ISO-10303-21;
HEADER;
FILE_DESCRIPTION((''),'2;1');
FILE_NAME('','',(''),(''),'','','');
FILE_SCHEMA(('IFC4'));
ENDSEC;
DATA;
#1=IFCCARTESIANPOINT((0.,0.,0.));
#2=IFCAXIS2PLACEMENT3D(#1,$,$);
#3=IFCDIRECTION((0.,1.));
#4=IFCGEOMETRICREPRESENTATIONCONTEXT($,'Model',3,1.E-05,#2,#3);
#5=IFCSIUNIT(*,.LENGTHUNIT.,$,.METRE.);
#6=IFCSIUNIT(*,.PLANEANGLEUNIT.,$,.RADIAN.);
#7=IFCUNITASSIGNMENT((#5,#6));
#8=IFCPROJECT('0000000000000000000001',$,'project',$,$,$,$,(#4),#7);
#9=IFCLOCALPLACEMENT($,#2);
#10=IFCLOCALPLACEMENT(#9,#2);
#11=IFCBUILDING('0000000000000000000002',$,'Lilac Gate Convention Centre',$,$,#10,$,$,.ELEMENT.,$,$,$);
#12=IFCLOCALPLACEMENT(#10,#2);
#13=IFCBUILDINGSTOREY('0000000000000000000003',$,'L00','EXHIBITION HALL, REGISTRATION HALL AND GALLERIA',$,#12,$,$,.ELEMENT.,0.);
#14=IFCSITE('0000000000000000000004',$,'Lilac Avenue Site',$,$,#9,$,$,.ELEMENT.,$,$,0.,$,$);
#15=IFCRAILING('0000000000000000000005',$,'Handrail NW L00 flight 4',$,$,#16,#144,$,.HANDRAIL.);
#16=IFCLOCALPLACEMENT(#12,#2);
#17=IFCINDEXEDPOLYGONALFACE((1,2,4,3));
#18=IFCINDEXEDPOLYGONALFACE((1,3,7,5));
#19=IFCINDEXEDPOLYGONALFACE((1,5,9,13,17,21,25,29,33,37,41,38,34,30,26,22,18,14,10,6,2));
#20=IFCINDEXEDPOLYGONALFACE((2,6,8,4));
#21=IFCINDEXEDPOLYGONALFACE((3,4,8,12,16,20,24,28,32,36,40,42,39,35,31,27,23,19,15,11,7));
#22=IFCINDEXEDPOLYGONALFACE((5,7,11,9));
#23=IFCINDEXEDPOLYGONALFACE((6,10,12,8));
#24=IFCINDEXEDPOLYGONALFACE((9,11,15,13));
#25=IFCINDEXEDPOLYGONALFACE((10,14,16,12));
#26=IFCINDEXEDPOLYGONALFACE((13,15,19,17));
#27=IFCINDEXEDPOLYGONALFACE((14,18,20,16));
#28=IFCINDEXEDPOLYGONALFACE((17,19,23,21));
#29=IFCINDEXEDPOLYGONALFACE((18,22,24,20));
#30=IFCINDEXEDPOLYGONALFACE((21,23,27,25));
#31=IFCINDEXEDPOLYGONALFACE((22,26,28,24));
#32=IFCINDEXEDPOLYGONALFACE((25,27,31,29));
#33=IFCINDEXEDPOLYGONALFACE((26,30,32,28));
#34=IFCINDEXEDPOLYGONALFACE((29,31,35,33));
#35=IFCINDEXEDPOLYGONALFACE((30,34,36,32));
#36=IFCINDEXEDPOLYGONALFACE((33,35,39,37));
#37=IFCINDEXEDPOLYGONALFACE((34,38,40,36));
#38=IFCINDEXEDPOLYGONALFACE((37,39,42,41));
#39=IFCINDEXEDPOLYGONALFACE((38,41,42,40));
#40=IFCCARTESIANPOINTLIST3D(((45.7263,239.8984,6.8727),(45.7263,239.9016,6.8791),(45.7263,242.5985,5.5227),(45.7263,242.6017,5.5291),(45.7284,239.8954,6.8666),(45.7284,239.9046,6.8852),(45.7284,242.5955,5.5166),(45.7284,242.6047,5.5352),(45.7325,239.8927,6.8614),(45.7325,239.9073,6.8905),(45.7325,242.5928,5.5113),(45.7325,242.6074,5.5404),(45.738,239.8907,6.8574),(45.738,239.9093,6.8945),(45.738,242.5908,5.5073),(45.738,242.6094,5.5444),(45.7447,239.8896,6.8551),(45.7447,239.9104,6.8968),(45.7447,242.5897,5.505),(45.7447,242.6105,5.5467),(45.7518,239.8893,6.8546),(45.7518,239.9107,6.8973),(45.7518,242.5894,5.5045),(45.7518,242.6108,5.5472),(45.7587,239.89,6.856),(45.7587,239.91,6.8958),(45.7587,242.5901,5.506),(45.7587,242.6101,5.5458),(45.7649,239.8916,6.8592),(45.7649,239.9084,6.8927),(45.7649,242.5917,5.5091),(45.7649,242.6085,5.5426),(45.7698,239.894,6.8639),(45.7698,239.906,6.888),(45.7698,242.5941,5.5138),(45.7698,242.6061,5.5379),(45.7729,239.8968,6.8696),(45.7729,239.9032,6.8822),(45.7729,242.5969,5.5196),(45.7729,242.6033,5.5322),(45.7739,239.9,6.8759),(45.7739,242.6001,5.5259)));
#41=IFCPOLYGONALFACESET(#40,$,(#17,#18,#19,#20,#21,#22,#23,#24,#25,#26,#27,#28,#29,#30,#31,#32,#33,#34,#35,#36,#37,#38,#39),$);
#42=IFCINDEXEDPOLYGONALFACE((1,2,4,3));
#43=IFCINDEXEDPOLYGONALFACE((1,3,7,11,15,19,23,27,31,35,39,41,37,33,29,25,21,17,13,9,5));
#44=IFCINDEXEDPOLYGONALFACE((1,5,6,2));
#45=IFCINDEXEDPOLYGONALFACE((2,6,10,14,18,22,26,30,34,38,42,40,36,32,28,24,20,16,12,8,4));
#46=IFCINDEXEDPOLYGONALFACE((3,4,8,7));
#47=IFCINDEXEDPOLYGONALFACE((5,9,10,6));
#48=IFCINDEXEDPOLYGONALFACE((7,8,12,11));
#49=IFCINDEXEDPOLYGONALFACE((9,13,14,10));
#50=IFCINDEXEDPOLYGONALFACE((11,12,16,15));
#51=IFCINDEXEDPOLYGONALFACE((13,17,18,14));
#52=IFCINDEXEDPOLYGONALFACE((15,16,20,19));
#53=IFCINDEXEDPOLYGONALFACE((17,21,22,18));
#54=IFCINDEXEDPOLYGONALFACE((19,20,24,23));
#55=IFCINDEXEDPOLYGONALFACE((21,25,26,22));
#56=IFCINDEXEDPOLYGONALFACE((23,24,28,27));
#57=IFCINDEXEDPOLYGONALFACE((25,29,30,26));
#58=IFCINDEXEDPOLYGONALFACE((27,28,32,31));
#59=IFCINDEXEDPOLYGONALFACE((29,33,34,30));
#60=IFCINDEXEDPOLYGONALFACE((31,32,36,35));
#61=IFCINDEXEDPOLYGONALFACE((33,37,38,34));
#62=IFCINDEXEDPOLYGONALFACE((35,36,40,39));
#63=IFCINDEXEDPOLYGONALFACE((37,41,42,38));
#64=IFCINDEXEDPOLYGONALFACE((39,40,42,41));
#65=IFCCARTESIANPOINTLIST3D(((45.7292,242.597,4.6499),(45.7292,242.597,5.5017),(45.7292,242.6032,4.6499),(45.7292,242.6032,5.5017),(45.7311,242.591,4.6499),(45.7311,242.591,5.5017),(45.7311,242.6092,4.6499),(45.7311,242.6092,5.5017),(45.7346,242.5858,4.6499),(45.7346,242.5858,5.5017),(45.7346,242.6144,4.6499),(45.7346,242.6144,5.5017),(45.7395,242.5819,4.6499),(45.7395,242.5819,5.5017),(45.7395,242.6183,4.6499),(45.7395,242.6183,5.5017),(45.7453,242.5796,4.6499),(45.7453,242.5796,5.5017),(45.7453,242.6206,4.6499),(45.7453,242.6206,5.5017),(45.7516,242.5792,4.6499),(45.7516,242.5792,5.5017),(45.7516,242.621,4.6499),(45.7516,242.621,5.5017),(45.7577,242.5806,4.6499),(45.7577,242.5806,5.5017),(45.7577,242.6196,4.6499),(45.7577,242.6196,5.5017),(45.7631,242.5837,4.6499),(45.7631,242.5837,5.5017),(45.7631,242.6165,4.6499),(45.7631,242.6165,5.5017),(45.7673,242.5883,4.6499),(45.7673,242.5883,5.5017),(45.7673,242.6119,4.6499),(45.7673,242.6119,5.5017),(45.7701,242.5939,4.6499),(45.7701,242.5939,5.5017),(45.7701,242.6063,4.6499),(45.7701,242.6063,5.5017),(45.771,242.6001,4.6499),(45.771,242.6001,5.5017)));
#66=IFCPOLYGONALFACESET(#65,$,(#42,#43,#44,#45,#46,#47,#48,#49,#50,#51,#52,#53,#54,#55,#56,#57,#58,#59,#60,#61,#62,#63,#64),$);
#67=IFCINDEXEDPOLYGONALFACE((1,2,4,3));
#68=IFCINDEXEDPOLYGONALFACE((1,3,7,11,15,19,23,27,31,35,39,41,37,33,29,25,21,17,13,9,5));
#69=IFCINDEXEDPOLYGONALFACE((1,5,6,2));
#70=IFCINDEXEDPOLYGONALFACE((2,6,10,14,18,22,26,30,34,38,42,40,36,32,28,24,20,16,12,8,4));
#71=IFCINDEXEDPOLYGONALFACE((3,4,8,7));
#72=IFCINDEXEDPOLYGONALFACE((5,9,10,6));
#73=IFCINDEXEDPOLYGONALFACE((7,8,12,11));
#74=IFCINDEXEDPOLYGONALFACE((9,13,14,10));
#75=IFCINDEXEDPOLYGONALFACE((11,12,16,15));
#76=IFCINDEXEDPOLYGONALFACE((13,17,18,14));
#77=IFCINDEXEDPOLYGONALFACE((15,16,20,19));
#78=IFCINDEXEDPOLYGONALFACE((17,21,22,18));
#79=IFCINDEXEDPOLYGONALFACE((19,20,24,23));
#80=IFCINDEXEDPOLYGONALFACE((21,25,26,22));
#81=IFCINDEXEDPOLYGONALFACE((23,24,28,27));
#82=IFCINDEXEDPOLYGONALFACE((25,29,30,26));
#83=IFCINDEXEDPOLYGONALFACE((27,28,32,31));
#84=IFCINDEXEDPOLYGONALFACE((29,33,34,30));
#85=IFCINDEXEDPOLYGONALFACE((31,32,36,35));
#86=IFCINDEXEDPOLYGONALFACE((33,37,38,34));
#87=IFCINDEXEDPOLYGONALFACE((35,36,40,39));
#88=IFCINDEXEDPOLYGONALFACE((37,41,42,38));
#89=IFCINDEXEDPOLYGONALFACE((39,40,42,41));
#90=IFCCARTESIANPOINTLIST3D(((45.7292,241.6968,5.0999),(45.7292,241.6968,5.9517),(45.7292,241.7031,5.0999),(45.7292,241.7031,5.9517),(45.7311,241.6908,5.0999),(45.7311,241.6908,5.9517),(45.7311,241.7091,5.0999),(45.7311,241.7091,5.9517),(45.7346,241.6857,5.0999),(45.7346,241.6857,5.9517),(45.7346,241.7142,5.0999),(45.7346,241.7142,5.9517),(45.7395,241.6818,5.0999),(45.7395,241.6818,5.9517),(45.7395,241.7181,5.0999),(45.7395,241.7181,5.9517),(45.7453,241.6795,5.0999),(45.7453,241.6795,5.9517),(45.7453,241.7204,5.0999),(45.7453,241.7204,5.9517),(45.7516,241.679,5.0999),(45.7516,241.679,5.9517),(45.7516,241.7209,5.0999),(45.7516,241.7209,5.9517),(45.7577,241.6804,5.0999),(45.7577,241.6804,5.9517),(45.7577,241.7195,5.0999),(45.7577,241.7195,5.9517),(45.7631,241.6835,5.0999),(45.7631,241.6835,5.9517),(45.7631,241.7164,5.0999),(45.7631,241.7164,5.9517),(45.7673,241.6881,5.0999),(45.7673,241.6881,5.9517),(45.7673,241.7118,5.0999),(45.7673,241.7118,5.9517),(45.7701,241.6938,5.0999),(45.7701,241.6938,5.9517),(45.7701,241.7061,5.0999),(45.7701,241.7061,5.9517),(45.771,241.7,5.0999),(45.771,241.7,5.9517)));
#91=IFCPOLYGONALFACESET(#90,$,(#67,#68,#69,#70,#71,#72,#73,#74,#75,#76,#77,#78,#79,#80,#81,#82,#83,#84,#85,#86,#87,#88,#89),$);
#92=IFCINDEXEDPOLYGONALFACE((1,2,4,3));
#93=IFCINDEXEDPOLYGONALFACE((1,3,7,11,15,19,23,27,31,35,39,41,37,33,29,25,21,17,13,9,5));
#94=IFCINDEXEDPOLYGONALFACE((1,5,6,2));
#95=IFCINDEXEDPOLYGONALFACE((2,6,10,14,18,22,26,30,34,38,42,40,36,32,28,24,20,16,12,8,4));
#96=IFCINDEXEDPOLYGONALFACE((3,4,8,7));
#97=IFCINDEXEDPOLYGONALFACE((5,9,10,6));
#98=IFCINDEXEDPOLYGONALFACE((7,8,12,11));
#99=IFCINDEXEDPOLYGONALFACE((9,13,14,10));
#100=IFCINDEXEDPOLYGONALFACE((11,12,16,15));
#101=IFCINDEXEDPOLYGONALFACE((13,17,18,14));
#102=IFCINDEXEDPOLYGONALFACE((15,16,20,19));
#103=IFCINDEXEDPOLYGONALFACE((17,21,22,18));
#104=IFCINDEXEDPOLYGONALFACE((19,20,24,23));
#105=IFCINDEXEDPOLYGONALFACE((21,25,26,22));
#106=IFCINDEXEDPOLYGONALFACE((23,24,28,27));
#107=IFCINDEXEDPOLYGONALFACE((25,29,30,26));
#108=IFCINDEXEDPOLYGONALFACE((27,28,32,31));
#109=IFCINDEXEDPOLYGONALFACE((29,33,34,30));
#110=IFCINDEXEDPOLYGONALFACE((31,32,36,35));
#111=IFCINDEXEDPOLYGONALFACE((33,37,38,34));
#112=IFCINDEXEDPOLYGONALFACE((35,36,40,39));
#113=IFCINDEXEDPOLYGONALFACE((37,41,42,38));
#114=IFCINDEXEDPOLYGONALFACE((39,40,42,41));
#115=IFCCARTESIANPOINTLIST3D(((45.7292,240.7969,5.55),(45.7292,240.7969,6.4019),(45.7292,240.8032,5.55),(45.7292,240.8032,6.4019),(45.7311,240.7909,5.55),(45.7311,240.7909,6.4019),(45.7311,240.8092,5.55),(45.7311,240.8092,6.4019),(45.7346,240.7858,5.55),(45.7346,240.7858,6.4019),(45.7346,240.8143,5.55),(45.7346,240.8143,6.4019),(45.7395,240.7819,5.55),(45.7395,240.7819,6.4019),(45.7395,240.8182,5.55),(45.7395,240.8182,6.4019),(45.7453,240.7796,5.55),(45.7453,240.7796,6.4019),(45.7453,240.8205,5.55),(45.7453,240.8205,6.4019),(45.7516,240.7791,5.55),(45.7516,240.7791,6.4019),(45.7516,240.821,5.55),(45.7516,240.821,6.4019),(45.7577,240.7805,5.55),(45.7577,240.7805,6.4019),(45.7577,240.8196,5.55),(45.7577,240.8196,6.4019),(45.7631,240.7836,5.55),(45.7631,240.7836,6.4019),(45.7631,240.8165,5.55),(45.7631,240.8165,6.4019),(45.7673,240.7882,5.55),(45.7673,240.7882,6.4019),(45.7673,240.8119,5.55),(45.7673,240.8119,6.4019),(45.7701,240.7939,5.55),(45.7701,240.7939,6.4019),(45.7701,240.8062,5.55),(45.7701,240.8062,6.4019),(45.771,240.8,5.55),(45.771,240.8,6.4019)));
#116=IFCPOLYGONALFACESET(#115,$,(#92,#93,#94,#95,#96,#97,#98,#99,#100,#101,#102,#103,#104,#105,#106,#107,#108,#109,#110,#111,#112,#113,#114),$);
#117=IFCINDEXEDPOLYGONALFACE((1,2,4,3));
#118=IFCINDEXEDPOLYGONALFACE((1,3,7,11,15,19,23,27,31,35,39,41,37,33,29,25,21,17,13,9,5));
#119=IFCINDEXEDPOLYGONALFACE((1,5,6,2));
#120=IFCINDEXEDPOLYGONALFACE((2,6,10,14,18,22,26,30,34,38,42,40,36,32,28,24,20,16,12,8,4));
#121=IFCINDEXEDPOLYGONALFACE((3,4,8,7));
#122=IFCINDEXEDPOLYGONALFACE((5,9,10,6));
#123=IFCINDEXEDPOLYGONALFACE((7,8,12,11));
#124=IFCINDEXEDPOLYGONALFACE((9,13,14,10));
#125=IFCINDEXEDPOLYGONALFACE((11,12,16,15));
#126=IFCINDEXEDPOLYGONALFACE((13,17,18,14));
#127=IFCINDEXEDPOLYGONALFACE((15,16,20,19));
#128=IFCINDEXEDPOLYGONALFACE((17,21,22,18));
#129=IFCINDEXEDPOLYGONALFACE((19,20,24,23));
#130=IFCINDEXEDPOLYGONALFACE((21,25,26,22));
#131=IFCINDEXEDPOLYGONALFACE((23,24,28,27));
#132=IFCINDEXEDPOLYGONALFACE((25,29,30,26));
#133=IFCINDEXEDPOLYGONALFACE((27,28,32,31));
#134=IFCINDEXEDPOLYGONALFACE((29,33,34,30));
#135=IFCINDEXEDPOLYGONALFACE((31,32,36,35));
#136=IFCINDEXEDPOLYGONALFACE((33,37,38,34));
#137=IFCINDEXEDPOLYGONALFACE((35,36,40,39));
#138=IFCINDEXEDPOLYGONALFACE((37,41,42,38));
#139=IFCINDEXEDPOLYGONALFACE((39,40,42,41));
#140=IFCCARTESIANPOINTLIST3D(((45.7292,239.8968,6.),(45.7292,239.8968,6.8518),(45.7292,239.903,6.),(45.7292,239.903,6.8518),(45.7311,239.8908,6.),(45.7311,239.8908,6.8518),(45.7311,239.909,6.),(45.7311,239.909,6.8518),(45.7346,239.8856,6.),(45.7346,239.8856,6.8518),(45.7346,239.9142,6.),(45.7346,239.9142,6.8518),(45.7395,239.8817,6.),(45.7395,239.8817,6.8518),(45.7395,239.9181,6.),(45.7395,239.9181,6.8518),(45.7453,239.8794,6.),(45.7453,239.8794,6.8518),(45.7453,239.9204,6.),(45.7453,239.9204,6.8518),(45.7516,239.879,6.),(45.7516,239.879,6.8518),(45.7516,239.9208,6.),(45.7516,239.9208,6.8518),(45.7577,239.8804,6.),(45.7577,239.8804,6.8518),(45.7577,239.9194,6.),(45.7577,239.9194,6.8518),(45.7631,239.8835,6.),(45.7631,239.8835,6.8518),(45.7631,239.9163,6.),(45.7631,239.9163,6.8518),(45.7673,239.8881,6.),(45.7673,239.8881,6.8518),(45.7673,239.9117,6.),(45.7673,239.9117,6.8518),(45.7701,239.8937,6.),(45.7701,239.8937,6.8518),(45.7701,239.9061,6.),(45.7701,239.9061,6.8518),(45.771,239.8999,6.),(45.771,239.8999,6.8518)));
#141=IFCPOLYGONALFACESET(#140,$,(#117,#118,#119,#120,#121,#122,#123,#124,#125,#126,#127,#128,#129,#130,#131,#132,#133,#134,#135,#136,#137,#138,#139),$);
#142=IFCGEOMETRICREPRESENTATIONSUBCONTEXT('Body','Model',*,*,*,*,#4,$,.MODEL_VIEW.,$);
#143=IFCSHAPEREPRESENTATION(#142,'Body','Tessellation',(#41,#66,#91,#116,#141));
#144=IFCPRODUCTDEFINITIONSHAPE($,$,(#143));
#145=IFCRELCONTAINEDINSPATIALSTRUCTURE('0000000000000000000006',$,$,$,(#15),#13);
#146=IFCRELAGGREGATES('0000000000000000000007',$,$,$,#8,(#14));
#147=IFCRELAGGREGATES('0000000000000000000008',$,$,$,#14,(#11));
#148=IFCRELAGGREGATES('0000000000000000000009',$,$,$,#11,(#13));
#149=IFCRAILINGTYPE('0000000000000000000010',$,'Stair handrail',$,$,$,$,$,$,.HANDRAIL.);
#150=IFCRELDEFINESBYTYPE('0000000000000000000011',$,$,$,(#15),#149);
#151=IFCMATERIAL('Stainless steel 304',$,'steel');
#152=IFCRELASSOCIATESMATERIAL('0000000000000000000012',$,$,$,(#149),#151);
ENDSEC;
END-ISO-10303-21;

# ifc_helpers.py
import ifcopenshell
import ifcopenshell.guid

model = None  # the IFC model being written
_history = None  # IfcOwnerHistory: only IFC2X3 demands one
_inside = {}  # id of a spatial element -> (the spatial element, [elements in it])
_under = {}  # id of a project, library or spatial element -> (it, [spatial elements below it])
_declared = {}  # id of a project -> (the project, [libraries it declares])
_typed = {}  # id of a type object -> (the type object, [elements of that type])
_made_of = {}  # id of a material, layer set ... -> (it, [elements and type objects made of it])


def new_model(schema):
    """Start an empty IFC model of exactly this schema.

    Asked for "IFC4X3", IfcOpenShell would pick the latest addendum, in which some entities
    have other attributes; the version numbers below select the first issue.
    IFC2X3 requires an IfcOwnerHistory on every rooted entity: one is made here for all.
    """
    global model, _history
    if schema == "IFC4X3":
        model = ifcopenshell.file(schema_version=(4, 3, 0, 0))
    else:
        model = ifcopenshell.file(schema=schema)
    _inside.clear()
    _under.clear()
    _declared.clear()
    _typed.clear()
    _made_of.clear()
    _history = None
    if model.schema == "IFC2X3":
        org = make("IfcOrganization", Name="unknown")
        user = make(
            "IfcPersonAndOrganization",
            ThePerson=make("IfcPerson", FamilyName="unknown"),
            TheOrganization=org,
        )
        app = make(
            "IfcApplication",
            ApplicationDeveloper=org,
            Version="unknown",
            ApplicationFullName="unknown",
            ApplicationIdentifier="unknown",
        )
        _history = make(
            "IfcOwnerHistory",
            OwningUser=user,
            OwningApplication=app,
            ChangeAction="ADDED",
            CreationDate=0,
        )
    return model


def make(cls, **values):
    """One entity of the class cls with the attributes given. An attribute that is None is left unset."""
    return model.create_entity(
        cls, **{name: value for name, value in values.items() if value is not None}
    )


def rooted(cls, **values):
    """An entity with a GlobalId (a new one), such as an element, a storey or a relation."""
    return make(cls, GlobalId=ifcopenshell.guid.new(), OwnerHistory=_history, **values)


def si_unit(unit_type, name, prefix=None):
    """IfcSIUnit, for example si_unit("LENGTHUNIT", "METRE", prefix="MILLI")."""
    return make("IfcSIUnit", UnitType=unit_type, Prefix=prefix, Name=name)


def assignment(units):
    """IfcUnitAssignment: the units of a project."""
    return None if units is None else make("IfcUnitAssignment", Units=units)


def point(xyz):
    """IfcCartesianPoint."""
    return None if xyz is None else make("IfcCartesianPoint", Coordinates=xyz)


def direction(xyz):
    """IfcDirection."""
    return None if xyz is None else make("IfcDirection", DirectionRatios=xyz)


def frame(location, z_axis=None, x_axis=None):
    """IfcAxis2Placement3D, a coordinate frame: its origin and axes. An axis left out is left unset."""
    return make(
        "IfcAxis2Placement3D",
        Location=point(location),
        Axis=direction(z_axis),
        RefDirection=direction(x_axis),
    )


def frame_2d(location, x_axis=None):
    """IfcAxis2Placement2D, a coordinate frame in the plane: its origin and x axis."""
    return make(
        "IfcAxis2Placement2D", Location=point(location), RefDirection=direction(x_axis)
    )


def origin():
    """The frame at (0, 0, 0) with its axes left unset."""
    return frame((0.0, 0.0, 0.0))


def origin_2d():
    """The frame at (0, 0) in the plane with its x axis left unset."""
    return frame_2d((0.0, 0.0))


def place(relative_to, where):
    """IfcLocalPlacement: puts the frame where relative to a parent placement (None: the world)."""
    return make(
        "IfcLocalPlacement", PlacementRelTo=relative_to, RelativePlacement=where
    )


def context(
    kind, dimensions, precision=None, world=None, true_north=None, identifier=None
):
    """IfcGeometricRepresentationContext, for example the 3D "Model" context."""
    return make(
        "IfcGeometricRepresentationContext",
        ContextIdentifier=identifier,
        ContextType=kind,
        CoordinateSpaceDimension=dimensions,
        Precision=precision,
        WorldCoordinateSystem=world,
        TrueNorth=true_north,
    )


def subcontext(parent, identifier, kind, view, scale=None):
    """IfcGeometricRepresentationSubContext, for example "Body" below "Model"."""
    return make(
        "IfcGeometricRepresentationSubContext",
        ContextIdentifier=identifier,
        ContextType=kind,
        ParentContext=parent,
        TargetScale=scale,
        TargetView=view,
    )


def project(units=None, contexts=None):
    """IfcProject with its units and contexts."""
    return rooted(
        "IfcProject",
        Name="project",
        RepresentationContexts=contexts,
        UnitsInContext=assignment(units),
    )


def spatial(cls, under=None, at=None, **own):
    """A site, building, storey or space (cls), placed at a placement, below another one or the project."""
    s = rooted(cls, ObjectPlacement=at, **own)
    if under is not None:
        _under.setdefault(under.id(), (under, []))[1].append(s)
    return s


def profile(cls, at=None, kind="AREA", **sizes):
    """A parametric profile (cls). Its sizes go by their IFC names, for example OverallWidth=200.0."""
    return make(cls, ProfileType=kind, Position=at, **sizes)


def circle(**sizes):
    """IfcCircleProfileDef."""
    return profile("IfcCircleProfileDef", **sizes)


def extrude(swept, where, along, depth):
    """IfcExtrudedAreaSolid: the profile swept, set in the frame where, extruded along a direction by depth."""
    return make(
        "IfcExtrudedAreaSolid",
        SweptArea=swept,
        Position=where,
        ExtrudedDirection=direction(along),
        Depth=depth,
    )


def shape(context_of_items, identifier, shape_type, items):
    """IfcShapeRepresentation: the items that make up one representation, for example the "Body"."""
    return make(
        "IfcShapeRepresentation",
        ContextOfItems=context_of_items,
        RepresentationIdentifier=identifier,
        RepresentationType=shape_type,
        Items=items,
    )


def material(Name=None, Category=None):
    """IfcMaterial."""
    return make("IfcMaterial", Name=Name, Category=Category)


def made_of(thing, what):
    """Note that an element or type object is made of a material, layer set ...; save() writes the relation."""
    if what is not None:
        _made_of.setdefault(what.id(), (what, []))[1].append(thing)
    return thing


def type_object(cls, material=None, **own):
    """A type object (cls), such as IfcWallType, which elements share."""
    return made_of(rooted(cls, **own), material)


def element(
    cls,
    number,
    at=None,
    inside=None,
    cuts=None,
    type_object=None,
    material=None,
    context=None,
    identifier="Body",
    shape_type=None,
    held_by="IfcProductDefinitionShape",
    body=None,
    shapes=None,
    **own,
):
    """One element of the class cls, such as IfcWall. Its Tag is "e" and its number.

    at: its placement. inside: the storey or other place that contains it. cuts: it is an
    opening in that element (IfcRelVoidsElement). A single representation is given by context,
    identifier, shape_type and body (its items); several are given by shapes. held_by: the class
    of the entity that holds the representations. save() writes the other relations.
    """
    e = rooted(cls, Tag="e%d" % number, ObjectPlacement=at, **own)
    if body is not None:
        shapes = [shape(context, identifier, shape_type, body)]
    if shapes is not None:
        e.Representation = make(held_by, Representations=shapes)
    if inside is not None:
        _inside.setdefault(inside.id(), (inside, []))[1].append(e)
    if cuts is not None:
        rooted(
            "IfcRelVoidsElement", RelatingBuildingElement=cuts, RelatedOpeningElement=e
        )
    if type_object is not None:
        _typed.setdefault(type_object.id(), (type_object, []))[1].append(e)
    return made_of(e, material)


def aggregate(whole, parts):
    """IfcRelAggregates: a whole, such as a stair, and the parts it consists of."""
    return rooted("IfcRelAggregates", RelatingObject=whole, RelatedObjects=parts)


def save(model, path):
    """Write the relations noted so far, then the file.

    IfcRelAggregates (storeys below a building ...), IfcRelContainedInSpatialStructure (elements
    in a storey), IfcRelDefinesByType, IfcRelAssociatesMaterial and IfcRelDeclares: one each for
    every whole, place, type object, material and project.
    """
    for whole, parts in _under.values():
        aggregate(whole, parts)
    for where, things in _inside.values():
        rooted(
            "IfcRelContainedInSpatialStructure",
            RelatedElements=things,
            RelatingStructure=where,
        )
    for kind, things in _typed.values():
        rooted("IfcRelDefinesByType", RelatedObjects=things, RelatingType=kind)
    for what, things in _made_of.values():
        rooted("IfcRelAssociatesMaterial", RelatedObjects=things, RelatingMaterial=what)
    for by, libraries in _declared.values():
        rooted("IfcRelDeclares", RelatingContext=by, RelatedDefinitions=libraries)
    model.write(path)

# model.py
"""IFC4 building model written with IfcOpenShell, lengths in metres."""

from ifc_helpers import new_model, si_unit, direction, frame, origin, origin_2d, place, context, subcontext, project, spatial, circle, extrude, material, type_object, element, save


model = new_model("IFC4")

# Units and contexts
model_context = context("Model", 3, precision=1e-05, world=origin(), true_north=direction((0.0, 1.0)))
body_context = subcontext(model_context, "Body", "Model", "MODEL_VIEW")
ifc_project = project(units=[si_unit("LENGTHUNIT", "METRE"), si_unit("PLANEANGLEUNIT", "RADIAN")], contexts=[model_context])

# Site, building, storey
site_placement = place(None, origin())
site = spatial("IfcSite", under=ifc_project, at=site_placement, Name="Lilac Avenue Site", CompositionType="ELEMENT", RefElevation=0.0)
building_placement = place(site_placement, origin())
building = spatial("IfcBuilding", under=site, at=building_placement, Name="Lilac Gate Convention Centre", CompositionType="ELEMENT")
storey_placement = place(building_placement, origin())
storey = spatial("IfcBuildingStorey", under=building, at=storey_placement, Name="L00", Description="EXHIBITION HALL, REGISTRATION HALL AND GALLERIA", CompositionType="ELEMENT", Elevation=0.0)

# Railing
ifc_material_1 = material(Name="Stainless steel 304", Category="steel")
railing_type = type_object("IfcRailingType", Name="Stair handrail", PredefinedType="HANDRAIL", material=ifc_material_1)
for number, where, name in (
    (1, (45.75, 242.6001, 4.6499), "Handrail NW L00 flight 4"),
):
    element("IfcRailing", number, at=place(storey_placement, frame(where)), inside=storey, type_object=railing_type, Name=name, PredefinedType="HANDRAIL", context=body_context, shape_type="SweptSolid", body=[
        extrude(circle(Radius=0.0239, at=origin_2d()), frame((0.0, 0.0, 0.876), z_axis=(0.0, -0.894427, 0.447214), x_axis=(1.0, 0.0, 0.0)), (0.0, 0.0, 1.0), 3.0188),
        extrude(circle(Radius=0.021, at=origin_2d()), origin(), (0.0, 0.0, 1.0), 0.8518),
        extrude(circle(Radius=0.021, at=origin_2d()), frame((0.0, -0.9001, 0.45)), (0.0, 0.0, 1.0), 0.8518),
        extrude(circle(Radius=0.021, at=origin_2d()), frame((0.0, -1.8, 0.9001)), (0.0, 0.0, 1.0), 0.8518),
        extrude(circle(Radius=0.021, at=origin_2d()), frame((0.0, -2.7002, 1.3501)), (0.0, 0.0, 1.0), 0.8518),
    ])

save(model, "model.ifc")
